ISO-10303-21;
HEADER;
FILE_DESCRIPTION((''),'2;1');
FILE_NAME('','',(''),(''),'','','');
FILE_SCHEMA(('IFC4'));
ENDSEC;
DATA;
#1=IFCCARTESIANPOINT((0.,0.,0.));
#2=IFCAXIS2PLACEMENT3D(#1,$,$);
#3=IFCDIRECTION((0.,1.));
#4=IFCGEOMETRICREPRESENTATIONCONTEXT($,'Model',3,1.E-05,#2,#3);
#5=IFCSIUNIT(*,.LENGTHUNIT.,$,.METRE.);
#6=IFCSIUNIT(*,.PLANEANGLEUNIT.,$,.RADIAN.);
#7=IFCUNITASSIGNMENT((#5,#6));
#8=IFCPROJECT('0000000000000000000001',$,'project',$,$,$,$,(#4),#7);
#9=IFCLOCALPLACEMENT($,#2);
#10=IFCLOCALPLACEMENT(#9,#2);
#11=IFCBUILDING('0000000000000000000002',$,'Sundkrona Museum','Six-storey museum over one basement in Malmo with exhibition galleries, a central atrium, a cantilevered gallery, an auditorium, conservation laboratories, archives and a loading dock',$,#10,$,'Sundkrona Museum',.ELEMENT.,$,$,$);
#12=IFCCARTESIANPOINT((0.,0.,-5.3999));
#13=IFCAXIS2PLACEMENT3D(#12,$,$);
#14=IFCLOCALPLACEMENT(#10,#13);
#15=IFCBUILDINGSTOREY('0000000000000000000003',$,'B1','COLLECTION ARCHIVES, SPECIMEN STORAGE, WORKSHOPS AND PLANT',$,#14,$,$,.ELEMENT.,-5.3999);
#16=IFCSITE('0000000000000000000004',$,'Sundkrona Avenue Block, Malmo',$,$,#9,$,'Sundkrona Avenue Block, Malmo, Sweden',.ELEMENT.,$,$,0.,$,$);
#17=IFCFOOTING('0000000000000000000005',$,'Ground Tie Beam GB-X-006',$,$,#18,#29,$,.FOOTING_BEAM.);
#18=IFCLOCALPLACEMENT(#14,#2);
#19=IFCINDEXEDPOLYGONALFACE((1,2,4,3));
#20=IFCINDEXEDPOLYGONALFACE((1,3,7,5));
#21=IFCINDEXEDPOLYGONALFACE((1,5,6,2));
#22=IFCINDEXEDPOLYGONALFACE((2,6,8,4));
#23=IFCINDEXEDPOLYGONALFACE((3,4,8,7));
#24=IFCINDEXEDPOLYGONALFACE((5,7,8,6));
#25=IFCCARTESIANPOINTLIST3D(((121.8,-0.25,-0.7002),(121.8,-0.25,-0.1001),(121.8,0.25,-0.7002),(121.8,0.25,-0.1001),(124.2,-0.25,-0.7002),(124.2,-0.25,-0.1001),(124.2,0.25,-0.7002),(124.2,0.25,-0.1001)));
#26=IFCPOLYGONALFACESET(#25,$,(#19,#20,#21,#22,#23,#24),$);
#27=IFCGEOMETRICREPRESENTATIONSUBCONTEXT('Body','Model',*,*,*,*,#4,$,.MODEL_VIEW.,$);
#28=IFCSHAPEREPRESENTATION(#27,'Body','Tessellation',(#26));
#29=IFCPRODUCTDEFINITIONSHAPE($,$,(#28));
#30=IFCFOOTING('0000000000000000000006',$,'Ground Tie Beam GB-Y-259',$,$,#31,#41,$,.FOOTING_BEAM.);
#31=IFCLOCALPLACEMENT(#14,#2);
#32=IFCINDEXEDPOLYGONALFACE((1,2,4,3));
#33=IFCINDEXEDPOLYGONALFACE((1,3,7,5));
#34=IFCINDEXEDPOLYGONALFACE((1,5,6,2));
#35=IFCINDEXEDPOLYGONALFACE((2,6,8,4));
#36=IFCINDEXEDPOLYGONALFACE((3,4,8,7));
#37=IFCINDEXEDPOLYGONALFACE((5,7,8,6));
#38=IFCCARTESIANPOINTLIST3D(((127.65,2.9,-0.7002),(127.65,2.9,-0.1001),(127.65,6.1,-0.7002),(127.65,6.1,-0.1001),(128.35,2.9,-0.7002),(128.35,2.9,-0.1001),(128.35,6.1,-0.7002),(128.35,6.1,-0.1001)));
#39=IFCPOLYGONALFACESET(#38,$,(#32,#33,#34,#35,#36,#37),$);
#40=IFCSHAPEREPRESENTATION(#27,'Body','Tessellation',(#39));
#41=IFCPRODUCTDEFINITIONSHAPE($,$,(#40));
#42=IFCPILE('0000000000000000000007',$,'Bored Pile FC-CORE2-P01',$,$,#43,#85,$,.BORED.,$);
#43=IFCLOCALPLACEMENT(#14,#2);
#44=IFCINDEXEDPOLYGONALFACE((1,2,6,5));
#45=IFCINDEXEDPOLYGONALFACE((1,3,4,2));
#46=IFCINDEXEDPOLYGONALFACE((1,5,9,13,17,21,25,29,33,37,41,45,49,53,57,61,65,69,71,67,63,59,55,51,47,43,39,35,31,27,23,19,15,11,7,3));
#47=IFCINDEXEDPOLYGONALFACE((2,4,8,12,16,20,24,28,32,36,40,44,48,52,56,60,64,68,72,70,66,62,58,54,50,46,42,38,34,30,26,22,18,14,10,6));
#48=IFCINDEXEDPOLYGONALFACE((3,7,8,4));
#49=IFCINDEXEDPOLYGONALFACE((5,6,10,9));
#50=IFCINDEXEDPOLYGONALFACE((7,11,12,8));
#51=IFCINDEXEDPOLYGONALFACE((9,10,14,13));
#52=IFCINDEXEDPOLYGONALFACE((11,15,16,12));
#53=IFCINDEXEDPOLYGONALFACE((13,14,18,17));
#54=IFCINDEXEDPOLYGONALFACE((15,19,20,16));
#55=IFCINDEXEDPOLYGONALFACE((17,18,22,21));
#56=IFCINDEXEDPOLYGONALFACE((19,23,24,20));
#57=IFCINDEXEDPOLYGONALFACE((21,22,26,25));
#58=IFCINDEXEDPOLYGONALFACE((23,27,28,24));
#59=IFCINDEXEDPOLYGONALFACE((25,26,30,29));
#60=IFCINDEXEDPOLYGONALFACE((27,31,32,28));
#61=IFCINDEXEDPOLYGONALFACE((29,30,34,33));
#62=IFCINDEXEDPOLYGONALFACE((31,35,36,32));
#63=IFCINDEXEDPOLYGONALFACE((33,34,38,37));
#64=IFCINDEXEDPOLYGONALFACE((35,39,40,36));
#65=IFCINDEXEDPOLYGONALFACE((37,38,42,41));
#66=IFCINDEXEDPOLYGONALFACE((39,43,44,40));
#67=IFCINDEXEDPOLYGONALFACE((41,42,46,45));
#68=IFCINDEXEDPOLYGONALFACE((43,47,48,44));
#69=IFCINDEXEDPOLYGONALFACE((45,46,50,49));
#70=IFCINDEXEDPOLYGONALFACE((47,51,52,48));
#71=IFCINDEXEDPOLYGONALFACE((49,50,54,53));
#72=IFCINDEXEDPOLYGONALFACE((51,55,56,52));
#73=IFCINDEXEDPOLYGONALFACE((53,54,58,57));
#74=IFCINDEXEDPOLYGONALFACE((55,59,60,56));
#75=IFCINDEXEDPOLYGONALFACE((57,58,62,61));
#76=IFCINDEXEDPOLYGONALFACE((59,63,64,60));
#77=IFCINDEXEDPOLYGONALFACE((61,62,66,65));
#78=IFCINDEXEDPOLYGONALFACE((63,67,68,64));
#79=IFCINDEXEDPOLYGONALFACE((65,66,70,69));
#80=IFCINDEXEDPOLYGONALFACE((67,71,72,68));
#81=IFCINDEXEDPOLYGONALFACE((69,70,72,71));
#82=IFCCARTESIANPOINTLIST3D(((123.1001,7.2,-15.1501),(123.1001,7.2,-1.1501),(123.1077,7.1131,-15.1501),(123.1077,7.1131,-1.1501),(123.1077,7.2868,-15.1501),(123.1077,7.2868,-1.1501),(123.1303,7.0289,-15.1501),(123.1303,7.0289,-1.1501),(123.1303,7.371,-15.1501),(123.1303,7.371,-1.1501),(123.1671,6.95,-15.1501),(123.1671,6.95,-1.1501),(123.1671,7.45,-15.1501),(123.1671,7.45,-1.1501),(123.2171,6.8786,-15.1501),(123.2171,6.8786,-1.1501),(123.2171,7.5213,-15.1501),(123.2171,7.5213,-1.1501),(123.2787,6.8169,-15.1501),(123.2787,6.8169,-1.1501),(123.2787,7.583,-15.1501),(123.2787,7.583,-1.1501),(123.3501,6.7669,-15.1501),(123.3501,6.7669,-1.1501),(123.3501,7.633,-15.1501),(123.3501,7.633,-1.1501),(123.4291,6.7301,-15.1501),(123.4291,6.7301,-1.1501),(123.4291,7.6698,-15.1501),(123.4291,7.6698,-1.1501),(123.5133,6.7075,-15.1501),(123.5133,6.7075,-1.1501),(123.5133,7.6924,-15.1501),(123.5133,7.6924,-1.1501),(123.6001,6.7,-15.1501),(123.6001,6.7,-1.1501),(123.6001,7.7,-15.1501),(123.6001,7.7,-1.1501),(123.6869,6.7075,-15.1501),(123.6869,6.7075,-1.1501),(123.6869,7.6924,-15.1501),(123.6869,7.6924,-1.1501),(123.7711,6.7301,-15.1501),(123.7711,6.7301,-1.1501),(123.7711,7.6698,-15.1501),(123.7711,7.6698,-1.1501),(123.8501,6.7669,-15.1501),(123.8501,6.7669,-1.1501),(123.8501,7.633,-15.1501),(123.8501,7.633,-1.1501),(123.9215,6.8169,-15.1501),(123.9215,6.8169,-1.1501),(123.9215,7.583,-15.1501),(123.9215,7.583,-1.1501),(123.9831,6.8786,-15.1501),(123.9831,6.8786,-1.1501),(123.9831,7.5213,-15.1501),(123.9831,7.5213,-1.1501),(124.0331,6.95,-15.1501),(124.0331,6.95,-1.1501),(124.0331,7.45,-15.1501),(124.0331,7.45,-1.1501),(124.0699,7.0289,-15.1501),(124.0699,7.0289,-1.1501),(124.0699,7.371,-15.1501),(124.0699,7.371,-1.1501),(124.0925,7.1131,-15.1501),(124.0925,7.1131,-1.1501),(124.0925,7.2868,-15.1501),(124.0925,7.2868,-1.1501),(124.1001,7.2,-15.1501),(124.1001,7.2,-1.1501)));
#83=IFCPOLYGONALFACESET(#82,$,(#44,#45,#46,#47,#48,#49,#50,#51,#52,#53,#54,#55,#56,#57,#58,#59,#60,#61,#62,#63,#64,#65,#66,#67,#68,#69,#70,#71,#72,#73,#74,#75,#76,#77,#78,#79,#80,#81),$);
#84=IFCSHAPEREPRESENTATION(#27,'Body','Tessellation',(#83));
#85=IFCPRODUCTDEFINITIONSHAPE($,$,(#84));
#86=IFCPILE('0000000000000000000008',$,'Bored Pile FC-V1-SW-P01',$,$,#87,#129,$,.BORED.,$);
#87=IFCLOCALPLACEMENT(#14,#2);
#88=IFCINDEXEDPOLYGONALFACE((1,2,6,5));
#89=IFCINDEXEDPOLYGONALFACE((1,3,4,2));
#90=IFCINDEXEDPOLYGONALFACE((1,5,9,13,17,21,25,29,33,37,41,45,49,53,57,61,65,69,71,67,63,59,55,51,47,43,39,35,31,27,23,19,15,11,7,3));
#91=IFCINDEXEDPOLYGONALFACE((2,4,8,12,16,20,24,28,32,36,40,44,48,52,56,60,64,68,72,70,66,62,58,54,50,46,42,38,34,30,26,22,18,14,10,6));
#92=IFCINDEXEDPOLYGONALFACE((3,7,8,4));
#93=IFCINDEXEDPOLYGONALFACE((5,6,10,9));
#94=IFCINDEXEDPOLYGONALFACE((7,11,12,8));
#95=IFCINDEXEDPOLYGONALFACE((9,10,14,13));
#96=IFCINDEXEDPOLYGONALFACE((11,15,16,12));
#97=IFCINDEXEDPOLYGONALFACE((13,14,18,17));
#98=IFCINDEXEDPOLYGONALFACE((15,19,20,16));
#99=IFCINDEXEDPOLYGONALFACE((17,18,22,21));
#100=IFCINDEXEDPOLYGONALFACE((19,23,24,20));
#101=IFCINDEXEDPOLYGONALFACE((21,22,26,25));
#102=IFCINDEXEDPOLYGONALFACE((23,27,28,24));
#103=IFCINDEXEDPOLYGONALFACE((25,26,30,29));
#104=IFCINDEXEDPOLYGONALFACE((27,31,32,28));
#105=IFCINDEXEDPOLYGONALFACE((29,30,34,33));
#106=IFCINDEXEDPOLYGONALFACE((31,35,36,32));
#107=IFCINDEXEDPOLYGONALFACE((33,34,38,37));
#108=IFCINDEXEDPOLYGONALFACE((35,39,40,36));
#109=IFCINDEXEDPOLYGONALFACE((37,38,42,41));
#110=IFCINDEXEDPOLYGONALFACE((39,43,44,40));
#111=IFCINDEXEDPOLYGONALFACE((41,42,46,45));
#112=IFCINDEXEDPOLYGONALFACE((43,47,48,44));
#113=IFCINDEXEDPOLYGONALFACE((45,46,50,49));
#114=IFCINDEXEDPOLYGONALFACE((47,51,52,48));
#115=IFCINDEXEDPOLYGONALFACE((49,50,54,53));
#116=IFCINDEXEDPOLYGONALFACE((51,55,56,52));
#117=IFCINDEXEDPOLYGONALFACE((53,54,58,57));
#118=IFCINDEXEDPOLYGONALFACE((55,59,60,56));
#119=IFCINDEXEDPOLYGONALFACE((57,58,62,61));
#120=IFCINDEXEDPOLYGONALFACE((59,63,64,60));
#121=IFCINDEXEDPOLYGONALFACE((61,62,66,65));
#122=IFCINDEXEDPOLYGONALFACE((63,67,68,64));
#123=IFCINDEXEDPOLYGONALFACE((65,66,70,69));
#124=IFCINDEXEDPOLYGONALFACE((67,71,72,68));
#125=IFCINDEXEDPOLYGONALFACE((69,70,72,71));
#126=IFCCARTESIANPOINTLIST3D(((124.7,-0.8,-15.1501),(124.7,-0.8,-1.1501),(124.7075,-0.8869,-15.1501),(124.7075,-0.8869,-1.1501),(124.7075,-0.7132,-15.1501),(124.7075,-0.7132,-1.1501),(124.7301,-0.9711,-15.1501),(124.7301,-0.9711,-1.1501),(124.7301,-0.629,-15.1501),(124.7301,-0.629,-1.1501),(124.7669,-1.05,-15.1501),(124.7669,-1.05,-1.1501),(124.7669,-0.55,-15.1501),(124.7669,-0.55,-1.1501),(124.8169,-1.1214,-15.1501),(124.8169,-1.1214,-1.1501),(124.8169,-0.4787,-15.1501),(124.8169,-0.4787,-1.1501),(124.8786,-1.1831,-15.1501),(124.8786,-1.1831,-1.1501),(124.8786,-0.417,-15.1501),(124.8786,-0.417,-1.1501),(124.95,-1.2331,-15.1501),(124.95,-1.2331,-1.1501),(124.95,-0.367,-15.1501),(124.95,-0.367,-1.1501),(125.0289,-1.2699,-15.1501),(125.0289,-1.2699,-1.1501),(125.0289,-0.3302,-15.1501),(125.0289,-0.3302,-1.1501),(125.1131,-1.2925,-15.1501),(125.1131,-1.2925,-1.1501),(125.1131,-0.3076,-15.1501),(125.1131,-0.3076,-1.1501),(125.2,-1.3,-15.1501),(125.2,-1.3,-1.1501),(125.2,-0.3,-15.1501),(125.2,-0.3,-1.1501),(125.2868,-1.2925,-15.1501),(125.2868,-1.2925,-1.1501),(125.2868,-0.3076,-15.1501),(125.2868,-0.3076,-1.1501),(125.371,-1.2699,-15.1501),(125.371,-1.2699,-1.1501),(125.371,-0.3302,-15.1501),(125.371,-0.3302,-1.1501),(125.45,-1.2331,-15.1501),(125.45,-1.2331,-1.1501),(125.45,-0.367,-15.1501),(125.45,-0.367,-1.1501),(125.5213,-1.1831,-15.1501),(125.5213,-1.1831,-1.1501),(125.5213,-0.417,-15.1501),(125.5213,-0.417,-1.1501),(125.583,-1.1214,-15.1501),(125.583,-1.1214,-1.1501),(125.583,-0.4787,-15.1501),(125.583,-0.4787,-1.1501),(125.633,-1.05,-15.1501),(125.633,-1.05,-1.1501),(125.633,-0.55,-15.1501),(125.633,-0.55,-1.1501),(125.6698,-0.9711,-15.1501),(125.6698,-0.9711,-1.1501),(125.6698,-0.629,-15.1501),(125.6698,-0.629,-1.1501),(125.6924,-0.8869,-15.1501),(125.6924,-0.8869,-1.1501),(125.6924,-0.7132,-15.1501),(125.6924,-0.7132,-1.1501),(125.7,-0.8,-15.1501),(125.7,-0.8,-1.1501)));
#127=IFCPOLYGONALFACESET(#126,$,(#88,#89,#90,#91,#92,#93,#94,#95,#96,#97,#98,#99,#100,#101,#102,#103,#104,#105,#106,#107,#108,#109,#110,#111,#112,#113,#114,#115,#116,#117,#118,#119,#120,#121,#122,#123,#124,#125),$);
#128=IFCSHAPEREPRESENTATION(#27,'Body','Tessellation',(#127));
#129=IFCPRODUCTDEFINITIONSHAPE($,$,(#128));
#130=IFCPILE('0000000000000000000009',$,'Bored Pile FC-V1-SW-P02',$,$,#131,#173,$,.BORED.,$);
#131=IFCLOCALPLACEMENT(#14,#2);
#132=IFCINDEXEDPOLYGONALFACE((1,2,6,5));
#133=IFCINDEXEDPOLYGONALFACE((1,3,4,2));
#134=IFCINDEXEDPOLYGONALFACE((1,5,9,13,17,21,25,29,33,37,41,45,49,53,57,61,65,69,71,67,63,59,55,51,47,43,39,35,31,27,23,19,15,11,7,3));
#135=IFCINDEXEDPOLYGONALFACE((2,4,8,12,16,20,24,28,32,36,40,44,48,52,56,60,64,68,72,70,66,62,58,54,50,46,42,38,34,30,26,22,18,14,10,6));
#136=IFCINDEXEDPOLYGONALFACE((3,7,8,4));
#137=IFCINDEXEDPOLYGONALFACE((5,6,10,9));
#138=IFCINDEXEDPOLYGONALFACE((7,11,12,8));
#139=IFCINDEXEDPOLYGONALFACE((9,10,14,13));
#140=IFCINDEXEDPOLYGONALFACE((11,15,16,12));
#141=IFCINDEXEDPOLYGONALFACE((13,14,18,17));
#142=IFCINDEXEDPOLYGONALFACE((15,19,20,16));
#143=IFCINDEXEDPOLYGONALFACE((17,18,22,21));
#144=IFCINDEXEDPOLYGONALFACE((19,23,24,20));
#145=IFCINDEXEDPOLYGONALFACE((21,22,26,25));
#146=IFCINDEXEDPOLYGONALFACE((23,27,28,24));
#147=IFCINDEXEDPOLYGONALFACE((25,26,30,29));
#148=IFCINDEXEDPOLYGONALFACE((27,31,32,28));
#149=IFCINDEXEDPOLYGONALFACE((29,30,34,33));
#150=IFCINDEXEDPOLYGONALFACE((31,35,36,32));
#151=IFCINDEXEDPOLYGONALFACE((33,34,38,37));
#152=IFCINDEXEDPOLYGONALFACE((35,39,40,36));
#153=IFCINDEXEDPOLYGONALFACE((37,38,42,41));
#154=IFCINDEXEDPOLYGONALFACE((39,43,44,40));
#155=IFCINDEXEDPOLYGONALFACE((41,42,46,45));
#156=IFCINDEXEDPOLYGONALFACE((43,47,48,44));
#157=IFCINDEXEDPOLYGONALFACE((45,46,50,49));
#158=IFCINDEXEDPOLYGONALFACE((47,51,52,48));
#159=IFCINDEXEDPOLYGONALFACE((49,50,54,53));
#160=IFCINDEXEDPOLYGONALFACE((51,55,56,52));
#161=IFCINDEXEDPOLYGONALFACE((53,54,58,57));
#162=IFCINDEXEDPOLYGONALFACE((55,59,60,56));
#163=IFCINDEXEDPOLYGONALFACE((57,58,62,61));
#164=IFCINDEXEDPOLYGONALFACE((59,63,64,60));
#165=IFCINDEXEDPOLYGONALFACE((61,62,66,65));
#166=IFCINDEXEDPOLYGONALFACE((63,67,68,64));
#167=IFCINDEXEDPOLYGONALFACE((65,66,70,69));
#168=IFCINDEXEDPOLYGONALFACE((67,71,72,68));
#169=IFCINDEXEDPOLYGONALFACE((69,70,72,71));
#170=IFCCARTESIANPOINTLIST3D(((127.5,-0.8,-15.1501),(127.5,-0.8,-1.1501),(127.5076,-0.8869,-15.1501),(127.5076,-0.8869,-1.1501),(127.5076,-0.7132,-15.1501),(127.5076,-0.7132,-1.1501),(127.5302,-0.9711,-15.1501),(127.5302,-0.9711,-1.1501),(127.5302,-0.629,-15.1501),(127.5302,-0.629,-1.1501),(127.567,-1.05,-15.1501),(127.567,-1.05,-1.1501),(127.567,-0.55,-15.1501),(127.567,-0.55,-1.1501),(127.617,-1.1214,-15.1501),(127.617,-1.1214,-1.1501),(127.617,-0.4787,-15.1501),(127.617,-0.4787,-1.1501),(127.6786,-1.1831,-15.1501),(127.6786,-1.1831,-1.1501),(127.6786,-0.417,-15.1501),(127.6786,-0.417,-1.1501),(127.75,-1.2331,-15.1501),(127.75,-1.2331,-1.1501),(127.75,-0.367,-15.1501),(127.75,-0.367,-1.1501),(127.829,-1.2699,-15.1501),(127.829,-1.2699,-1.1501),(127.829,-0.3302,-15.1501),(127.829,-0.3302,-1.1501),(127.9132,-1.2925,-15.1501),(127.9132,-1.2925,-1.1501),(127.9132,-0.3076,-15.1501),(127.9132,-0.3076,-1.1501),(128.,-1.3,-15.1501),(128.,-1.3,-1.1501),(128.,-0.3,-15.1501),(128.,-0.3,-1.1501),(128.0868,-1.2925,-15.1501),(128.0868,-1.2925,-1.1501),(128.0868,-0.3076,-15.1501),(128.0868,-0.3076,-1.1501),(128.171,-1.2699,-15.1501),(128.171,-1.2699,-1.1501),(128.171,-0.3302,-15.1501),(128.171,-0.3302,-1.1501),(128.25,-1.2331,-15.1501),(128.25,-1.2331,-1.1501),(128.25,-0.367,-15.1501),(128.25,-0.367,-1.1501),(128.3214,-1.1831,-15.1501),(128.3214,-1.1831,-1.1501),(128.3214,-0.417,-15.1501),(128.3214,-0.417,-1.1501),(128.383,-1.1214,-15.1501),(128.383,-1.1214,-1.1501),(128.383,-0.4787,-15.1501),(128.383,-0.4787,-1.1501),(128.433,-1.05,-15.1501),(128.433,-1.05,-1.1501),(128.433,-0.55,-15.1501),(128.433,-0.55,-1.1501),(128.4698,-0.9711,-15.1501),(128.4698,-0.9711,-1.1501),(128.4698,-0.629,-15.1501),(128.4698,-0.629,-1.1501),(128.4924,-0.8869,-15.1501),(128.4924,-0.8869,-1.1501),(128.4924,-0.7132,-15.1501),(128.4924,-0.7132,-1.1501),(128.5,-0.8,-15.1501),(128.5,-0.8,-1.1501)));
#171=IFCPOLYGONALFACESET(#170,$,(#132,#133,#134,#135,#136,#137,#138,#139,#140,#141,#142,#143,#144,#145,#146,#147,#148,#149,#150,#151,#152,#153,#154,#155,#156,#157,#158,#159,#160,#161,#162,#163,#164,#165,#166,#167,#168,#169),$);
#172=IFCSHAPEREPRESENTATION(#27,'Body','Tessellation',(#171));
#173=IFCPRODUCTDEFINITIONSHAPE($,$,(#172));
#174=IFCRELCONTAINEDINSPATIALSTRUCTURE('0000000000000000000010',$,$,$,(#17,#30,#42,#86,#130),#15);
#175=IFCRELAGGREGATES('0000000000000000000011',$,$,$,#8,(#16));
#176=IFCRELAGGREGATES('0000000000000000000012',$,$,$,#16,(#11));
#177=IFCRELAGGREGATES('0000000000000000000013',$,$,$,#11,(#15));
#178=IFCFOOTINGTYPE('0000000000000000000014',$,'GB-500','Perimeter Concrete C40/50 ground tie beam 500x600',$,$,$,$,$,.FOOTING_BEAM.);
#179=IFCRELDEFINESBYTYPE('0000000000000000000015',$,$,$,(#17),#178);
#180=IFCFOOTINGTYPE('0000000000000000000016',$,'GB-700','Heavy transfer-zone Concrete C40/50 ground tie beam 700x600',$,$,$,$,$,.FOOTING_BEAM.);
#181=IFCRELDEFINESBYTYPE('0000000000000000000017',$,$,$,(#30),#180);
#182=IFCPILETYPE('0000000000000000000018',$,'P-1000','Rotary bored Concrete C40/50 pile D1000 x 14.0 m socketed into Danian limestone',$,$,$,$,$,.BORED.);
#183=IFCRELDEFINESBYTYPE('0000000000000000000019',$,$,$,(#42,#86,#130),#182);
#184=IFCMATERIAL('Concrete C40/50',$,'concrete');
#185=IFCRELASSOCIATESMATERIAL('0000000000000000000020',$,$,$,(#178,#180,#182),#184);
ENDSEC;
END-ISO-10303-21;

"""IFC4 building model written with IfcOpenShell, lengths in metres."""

from ifc_helpers import new_model, si_unit, direction, frame, origin, origin_2d, place, context, subcontext, project, spatial, rectangle, circle, extrude, material, material_profile, profile_set, type_object, element, save


model = new_model("IFC4")

# Units and contexts
model_context = context("Model", 3, precision=1e-05, world=origin(), true_north=direction((0.0, 1.0)))
body_context = subcontext(model_context, "Body", "Model", "MODEL_VIEW")
ifc_project = project(units=[si_unit("LENGTHUNIT", "METRE"), si_unit("PLANEANGLEUNIT", "RADIAN")], contexts=[model_context])

# Site, building, storey
site_placement = place(None, origin())
site = spatial("IfcSite", under=ifc_project, at=site_placement, Name="Sundkrona Avenue Block, Malmo", LongName="Sundkrona Avenue Block, Malmo, Sweden", CompositionType="ELEMENT", RefElevation=0.0)
building_placement = place(site_placement, origin())
building = spatial("IfcBuilding", under=site, at=building_placement, Name="Sundkrona Museum", Description="Six-storey museum over one basement in Malmo with exhibition galleries, a central atrium, a cantilevered gallery, an auditorium, conservation laboratories, archives and a loading dock", LongName="Sundkrona Museum", CompositionType="ELEMENT")
storey_placement = place(building_placement, frame((0.0, 0.0, -5.3999)))
storey = spatial("IfcBuildingStorey", under=building, at=storey_placement, Name="B1", Description="COLLECTION ARCHIVES, SPECIMEN STORAGE, WORKSHOPS AND PLANT", CompositionType="ELEMENT", Elevation=-5.3999)

# Footings
ifc_material_1 = material(Name="Concrete C40/50", Category="concrete")
footing_type_1 = type_object("IfcFootingType", Name="GB-500", Description="Perimeter Concrete C40/50 ground tie beam 500x600", PredefinedType="FOOTING_BEAM", material=ifc_material_1)
footing_1_placement = place(storey_placement, frame((123.0, 0.0, -0.7002), z_axis=(0.0, 0.0, 1.0), x_axis=(1.0, 0.0, 0.0)))
element("IfcFooting", 1, at=footing_1_placement, inside=storey, type_object=footing_type_1, Name="Ground Tie Beam GB-X-006", PredefinedType="FOOTING_BEAM", context=body_context, shape_type="SweptSolid", body=[
    extrude(rectangle(XDim=2.3999, YDim=0.5, at=origin_2d()), origin(), (0.0, 0.0, 1.0), 0.6001),
])
footing_type_2 = type_object("IfcFootingType", Name="GB-700", Description="Heavy transfer-zone Concrete C40/50 ground tie beam 700x600", PredefinedType="FOOTING_BEAM", material=ifc_material_1)
footing_2_placement = place(storey_placement, frame((128.0, 4.5, -0.7002), z_axis=(0.0, 0.0, 1.0), x_axis=(0.0, 1.0, 0.0)))
element("IfcFooting", 2, at=footing_2_placement, inside=storey, type_object=footing_type_2, Name="Ground Tie Beam GB-Y-259", PredefinedType="FOOTING_BEAM", context=body_context, shape_type="SweptSolid", body=[
    extrude(rectangle(XDim=3.2, YDim=0.7, at=origin_2d()), origin(), (0.0, 0.0, 1.0), 0.6001),
])

# Piles
ifc_material_profile_1 = material_profile(ifc_material_1, circle(Radius=0.5, at=origin_2d()), Name="PILE D1000")
ifc_profile_set_1 = profile_set([ifc_material_profile_1], Name="Concrete C40/50")
pile_type_1 = type_object("IfcPileType", Name="P-1000", Description="Rotary bored Concrete C40/50 pile D1000 x 14.0 m socketed into Danian limestone", PredefinedType="BORED", material=ifc_profile_set_1)
for number, where, z_axis, x_axis, name in (
    (3, (123.6001, 7.2, -1.1501), (0.0, 0.0, -1.0), (1.0, 0.0, 0.0), "Bored Pile FC-CORE2-P01"),
    (4, (125.2, -0.8, -1.1501), (0.0, 0.0, -1.0), (1.0, 0.0, 0.0), "Bored Pile FC-V1-SW-P01"),
    (5, (128.0, -0.8, -1.1501), (0.0, 0.0, -1.0), (1.0, 0.0, 0.0), "Bored Pile FC-V1-SW-P02"),
):
    element("IfcPile", number, at=place(storey_placement, frame(where, z_axis=z_axis, x_axis=x_axis)), inside=storey, type_object=pile_type_1, Name=name, PredefinedType="BORED", context=body_context, shape_type="SweptSolid", body=[
        extrude(circle(Radius=0.5, at=origin_2d()), origin(), (0.0, 0.0, 1.0), 14.0),
    ])

save(model, "model.ifc")
